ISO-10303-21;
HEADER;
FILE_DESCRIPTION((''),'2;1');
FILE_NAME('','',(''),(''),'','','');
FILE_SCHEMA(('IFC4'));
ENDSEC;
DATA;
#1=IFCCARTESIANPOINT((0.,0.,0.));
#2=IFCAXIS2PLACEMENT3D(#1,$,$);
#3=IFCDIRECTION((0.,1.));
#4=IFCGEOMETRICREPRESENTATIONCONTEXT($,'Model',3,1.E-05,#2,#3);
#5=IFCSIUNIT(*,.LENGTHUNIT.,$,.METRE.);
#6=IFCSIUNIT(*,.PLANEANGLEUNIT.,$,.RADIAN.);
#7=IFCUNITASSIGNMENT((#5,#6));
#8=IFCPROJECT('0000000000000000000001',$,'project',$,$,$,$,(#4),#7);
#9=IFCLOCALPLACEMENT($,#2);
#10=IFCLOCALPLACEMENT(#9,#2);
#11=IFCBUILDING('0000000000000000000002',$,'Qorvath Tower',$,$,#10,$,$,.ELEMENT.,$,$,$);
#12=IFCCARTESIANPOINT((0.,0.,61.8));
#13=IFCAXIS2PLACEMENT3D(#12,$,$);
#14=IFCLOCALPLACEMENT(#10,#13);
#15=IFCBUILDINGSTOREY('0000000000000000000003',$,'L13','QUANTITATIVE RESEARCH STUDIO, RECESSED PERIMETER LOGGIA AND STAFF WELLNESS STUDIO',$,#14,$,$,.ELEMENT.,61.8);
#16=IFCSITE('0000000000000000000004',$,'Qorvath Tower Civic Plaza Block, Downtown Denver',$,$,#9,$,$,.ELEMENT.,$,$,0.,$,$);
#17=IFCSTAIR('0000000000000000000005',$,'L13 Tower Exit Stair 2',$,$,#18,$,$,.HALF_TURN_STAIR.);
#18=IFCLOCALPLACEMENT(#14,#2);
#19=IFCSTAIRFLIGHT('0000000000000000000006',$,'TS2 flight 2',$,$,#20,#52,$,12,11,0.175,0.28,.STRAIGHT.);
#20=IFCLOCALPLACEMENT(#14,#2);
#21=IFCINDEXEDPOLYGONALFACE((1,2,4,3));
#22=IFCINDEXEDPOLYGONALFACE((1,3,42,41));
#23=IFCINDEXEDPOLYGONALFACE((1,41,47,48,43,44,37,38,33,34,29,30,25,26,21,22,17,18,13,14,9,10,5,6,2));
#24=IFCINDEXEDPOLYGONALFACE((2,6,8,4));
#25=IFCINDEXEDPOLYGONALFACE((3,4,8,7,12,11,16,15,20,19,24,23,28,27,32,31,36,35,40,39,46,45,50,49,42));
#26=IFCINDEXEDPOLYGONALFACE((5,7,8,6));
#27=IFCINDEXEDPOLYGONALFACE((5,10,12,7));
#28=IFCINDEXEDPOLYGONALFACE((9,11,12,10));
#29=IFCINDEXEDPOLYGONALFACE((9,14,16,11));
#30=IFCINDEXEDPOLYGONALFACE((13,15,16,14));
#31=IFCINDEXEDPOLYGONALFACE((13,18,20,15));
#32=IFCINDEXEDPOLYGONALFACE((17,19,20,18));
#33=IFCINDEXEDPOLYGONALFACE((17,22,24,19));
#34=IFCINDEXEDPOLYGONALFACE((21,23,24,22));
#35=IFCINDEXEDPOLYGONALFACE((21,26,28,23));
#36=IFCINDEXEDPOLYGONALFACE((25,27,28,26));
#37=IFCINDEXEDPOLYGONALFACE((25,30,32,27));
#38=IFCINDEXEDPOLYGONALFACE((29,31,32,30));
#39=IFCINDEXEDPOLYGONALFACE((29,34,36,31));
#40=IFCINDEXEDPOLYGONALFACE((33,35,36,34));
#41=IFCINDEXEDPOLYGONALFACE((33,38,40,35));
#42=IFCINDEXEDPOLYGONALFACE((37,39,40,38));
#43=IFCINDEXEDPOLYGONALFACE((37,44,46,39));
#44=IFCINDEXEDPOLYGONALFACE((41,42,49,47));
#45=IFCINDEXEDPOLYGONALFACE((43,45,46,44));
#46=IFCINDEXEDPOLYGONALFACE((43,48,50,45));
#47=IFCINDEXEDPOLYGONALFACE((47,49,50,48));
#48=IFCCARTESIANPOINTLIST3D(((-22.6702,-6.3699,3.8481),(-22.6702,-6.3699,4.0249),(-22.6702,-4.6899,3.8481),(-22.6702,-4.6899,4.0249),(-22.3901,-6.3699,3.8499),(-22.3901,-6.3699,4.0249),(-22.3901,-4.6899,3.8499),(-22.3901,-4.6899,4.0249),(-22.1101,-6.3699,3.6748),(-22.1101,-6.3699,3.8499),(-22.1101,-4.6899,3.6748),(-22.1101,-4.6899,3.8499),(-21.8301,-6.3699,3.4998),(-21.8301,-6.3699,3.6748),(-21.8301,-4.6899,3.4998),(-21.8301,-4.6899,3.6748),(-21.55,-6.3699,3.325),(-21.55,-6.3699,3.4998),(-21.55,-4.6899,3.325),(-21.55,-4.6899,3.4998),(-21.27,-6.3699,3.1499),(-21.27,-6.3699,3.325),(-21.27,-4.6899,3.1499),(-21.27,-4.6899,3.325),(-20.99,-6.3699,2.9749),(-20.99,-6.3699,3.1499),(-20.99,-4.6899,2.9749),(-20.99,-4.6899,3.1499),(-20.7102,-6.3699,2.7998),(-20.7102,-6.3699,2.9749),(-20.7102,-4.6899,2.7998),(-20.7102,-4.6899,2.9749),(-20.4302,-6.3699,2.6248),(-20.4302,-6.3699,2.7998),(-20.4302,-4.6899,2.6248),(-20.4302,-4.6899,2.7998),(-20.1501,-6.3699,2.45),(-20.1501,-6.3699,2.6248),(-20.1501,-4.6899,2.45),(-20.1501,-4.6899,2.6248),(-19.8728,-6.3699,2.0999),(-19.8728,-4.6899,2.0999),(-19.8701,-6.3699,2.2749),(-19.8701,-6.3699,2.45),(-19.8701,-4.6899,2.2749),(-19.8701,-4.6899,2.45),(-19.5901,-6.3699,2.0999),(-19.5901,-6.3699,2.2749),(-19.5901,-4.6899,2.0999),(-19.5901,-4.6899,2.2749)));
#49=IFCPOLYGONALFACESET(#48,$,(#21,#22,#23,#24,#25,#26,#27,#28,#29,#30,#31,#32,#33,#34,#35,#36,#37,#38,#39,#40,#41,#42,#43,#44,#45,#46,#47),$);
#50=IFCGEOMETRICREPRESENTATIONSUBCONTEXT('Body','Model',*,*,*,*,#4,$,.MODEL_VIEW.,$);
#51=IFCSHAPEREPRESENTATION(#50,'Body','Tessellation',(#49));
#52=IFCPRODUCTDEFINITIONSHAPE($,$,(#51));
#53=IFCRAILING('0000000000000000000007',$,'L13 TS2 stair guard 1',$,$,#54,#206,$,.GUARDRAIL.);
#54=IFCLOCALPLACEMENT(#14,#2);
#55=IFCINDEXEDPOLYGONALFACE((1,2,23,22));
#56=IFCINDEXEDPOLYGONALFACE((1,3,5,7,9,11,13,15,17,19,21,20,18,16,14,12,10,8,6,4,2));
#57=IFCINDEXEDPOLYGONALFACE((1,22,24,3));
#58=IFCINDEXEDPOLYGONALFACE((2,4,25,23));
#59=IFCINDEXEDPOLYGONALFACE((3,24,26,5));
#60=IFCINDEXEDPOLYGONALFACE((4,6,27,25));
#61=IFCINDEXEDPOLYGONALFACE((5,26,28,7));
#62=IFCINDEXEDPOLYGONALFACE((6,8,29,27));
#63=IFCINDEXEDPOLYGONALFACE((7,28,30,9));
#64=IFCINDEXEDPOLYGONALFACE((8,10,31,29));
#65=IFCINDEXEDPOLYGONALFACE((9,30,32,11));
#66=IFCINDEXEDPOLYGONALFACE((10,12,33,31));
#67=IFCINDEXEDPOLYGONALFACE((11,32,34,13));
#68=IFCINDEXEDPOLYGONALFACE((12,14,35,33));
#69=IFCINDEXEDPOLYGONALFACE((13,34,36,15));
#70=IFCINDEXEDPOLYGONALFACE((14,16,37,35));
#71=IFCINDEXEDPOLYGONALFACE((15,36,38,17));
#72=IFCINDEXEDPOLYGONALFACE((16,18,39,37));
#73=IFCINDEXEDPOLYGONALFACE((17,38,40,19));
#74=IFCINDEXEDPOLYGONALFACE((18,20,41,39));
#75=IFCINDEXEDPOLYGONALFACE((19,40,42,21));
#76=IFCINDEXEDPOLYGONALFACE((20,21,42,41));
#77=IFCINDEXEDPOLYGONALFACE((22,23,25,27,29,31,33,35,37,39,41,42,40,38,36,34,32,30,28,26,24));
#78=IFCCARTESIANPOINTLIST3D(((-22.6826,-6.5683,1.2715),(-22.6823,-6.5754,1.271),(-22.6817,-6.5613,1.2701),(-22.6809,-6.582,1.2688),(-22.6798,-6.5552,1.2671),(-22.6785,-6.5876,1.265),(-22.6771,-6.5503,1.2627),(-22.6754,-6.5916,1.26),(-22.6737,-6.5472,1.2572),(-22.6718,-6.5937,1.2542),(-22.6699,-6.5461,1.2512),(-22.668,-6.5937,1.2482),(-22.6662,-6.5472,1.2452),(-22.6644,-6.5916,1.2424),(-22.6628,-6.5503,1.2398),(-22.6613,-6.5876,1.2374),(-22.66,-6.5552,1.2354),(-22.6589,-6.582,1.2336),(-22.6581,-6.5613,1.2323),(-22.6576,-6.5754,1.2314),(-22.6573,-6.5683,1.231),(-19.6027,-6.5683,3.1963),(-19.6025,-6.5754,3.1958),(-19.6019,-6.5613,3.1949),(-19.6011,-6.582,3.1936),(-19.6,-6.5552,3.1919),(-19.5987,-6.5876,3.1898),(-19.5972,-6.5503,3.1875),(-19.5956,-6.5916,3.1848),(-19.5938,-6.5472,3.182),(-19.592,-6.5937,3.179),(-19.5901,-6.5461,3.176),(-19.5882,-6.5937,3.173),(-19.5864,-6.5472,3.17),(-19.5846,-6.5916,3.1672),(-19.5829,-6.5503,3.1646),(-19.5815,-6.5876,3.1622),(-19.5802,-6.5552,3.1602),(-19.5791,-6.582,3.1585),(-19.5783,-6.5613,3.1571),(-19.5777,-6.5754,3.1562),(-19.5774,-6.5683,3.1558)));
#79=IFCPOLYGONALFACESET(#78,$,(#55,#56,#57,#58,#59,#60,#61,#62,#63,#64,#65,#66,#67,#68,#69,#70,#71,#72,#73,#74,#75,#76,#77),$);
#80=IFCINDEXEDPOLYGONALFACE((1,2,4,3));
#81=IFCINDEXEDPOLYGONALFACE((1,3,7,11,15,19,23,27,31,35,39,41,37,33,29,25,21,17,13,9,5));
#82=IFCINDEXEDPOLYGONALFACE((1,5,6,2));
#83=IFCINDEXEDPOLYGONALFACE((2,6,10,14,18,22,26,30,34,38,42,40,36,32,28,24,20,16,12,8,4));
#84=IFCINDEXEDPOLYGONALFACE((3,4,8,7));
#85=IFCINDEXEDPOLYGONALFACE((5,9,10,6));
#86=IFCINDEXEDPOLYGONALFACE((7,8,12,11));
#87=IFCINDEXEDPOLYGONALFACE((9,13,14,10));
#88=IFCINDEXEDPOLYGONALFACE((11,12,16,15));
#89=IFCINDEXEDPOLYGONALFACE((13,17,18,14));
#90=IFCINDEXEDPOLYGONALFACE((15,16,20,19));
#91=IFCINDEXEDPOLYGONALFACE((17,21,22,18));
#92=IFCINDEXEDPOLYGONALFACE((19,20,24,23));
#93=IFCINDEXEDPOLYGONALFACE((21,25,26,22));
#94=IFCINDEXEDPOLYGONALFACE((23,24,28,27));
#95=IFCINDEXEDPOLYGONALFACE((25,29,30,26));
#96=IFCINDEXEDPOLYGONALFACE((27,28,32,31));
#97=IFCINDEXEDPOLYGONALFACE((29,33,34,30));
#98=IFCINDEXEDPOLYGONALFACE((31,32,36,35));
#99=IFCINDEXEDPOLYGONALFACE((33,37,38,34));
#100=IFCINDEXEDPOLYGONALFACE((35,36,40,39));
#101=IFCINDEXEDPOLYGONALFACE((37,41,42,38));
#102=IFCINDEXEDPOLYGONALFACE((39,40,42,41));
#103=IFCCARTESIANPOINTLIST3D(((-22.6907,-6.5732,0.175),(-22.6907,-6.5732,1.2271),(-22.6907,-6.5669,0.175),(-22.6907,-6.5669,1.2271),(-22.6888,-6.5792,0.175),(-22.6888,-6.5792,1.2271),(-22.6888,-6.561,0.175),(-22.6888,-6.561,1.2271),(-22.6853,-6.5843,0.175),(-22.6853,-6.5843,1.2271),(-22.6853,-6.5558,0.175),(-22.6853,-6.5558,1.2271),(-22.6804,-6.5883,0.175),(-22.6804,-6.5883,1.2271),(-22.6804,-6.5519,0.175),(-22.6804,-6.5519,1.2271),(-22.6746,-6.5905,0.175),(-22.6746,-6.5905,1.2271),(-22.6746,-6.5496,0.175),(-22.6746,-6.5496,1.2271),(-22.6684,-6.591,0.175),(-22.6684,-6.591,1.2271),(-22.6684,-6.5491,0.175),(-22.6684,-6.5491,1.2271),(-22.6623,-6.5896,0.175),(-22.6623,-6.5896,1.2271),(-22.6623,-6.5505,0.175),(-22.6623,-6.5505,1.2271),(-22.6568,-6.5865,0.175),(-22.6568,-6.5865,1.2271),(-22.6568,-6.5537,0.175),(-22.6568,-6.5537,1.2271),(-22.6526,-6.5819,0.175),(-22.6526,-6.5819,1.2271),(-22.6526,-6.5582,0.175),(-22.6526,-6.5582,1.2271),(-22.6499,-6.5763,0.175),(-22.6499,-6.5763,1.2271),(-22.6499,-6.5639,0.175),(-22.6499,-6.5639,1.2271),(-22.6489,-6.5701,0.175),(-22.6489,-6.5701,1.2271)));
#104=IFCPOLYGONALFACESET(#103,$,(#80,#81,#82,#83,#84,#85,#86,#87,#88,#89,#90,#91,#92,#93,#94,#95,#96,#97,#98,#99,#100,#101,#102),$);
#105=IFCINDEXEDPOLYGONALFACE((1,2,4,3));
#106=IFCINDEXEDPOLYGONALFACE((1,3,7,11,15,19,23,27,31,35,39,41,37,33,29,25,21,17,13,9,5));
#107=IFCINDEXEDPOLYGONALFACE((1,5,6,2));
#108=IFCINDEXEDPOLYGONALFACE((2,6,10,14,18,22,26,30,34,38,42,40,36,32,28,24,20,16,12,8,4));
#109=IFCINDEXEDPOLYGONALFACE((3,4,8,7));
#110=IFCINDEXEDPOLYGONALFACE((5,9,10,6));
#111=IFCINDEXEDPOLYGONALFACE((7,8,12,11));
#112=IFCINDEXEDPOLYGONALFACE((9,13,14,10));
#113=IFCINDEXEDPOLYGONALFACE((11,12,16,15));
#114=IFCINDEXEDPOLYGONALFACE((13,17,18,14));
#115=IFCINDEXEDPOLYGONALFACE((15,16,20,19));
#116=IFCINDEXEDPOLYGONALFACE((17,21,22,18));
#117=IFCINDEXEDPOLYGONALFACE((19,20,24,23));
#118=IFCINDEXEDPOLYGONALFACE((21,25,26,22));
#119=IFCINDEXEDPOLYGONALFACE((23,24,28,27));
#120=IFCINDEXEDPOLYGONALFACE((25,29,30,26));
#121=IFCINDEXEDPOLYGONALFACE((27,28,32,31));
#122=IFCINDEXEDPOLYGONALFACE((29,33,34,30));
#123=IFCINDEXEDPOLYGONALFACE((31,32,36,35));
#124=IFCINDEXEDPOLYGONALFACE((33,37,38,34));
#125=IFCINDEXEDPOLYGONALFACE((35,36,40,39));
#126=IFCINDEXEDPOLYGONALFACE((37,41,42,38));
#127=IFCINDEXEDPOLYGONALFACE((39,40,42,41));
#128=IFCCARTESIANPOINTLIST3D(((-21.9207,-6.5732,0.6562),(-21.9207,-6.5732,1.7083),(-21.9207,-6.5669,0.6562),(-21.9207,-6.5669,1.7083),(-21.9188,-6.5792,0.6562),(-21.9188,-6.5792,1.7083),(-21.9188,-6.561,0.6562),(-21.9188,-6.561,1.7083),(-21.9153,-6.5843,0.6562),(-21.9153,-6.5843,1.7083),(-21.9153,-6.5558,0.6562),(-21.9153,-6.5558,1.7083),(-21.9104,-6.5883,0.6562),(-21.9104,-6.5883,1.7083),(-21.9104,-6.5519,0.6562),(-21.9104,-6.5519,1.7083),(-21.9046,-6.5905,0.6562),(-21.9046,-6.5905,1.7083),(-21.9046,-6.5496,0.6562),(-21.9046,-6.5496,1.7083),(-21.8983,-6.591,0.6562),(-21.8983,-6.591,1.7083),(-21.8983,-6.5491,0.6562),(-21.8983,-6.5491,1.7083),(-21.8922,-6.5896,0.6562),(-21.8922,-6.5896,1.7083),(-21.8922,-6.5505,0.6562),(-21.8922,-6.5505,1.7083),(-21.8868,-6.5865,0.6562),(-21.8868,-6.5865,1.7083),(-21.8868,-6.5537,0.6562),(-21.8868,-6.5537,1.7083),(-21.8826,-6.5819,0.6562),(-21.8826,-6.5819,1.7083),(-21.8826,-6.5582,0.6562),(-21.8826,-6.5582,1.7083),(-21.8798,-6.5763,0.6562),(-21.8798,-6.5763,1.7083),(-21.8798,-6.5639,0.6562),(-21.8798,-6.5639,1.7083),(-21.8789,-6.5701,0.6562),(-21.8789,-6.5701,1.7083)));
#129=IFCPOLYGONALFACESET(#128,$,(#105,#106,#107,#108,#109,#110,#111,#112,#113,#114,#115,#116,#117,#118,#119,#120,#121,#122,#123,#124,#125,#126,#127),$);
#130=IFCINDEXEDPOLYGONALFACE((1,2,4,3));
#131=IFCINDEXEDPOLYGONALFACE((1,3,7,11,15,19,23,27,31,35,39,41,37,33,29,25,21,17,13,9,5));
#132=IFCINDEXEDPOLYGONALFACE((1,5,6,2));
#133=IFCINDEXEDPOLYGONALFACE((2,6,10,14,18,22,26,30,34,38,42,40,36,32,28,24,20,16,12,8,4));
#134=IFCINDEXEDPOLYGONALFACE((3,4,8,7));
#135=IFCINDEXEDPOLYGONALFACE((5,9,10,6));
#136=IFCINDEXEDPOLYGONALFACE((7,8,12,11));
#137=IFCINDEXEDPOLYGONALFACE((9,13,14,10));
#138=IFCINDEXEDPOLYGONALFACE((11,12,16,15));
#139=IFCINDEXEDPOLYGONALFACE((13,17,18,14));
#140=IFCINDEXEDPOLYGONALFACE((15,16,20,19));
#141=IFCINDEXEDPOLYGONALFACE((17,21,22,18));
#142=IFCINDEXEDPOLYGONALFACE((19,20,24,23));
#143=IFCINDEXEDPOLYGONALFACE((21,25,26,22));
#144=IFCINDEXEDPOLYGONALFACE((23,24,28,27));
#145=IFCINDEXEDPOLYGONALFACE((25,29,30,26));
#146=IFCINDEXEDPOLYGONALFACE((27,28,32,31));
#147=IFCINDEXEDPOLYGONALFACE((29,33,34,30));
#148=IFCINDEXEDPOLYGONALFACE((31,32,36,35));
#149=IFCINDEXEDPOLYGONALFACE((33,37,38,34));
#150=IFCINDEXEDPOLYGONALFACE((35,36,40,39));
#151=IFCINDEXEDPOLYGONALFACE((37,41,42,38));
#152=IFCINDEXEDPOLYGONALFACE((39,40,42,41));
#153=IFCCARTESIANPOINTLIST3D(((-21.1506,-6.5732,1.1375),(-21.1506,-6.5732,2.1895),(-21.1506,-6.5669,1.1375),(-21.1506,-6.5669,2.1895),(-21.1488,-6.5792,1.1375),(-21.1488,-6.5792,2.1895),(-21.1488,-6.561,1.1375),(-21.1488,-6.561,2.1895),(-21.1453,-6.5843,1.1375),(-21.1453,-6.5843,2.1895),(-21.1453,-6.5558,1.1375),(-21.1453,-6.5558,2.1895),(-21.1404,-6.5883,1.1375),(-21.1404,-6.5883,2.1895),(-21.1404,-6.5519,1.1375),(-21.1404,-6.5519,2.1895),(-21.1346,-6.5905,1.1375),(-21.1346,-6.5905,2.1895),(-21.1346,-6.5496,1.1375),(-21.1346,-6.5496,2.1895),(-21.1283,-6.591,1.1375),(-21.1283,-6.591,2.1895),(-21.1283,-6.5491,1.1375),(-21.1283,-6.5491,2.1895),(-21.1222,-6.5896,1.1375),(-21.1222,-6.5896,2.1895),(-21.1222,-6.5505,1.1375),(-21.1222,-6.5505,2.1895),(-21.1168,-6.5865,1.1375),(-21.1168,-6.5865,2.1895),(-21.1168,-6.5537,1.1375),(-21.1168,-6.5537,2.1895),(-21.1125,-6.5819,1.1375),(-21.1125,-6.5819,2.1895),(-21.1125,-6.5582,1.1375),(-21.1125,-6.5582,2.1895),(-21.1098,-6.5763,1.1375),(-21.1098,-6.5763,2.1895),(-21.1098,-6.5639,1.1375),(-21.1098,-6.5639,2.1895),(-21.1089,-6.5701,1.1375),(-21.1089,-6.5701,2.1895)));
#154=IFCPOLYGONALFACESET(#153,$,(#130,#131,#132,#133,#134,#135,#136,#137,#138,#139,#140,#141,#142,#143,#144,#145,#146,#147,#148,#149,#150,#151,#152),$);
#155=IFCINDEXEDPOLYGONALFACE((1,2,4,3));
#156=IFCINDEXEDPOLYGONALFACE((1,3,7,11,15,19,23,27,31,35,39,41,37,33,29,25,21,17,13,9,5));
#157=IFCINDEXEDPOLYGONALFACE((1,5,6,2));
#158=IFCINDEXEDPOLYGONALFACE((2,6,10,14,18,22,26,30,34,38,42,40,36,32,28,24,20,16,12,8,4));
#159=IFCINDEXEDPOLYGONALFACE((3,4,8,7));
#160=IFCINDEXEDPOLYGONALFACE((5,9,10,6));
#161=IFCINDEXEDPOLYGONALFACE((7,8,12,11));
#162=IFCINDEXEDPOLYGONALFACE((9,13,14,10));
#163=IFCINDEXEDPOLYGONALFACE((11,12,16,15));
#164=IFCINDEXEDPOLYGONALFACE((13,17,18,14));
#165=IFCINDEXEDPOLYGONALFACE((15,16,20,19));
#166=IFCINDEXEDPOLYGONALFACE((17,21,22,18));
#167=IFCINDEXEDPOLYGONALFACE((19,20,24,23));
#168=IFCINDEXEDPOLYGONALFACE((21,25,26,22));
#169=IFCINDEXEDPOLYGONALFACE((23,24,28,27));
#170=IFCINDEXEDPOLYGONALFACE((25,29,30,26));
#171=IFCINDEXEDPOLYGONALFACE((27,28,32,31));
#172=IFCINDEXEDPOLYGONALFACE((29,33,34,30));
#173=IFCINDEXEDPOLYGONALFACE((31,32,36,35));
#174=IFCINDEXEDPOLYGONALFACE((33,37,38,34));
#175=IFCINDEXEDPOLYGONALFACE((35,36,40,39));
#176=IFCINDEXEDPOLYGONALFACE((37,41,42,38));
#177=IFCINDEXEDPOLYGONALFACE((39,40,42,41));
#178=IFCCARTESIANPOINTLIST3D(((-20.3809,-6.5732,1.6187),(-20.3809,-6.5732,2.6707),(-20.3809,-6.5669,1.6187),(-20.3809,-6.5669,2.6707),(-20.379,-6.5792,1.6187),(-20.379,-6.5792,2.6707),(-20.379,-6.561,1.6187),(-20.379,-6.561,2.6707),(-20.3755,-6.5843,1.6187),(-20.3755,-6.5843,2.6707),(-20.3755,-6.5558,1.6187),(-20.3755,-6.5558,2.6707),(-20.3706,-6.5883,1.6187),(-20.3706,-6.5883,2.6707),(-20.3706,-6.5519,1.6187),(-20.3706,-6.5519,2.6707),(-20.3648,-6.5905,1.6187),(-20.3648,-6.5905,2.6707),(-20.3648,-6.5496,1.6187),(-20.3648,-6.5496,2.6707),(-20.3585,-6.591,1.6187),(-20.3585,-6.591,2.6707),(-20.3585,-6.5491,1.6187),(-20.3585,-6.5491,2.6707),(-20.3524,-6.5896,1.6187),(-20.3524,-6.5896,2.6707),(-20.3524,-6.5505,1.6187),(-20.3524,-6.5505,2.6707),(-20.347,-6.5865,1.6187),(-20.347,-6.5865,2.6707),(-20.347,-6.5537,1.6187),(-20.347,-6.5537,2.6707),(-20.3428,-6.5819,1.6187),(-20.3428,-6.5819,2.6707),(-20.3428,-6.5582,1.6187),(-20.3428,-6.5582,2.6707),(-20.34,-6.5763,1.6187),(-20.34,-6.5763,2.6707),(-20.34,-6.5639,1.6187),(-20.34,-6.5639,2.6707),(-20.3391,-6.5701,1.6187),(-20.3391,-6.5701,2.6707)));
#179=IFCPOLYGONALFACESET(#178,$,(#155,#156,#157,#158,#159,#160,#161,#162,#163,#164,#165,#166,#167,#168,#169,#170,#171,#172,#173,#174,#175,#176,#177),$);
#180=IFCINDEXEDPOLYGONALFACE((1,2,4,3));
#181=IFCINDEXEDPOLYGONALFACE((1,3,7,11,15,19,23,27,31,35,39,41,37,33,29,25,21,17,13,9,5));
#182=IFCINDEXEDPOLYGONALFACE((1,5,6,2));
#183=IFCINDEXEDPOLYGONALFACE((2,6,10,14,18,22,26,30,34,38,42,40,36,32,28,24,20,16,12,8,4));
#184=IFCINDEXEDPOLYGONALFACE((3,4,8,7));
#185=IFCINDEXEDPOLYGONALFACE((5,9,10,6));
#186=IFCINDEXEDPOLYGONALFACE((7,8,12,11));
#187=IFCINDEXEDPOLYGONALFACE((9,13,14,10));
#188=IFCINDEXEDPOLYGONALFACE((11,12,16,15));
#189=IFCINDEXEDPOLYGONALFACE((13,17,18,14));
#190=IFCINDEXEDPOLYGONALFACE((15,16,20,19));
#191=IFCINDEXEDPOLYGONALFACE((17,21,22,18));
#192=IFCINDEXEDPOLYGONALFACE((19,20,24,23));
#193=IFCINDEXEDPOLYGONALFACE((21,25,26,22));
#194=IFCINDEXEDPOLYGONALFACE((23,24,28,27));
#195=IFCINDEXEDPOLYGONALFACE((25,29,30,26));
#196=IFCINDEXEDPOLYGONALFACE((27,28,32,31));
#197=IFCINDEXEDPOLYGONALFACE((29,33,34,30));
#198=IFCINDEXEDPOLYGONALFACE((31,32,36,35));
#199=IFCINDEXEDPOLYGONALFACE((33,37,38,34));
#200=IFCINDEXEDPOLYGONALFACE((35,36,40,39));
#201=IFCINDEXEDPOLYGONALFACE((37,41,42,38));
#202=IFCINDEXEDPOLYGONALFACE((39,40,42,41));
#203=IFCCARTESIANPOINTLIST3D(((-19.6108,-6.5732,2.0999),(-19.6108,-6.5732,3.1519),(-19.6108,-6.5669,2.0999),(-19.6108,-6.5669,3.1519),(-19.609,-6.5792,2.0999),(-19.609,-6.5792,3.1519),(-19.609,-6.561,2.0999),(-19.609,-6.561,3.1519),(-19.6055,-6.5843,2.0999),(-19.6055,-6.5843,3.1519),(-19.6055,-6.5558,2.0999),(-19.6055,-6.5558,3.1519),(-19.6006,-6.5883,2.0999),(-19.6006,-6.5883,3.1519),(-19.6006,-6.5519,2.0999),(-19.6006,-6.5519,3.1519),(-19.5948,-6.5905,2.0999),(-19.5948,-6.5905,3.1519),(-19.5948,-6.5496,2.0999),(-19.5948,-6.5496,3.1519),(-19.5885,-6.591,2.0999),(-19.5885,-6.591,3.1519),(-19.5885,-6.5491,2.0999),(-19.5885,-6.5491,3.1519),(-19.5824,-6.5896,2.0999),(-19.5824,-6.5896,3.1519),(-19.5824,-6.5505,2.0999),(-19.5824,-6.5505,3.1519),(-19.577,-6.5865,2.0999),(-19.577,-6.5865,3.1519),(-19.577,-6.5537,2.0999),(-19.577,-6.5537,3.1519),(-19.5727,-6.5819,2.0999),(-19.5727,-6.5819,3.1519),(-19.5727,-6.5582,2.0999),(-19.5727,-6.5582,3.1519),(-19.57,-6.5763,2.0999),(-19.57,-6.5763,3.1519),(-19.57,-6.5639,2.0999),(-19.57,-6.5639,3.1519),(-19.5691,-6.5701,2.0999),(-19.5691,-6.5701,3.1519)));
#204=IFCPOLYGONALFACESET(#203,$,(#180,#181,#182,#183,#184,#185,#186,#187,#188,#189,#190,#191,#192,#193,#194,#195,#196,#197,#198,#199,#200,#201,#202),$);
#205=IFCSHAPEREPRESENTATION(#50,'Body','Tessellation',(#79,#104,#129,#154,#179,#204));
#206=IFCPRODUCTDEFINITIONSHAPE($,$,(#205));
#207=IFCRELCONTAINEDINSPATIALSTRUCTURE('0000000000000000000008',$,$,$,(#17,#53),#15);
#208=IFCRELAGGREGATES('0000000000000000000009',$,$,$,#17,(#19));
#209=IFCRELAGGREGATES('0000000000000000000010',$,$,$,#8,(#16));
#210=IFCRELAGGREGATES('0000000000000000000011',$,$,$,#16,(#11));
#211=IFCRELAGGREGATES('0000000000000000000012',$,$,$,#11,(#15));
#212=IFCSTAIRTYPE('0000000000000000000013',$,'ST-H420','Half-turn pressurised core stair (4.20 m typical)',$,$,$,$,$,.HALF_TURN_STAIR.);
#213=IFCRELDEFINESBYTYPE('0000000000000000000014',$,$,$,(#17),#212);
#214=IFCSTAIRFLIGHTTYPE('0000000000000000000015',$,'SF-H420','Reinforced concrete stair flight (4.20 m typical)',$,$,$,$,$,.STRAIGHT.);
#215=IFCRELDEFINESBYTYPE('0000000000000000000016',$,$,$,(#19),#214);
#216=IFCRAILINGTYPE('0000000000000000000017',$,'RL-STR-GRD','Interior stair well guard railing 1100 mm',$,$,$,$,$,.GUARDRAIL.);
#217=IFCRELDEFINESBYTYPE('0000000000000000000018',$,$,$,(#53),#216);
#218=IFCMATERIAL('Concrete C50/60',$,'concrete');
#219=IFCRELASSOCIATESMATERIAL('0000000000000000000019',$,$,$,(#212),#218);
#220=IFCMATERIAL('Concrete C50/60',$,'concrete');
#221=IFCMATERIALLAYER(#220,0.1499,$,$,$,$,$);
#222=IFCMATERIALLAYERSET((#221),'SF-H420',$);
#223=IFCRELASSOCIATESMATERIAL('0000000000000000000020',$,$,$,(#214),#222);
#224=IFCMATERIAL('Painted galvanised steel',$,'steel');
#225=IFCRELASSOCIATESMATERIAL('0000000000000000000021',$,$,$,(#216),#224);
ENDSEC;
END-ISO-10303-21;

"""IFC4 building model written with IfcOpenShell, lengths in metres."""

from ifc_helpers import new_model, si_unit, direction, frame, origin, origin_2d, place, context, subcontext, project, spatial, polyline, circle, outline, extrude, material, layer, layer_set, type_object, element, aggregate, save


model = new_model("IFC4")

# Units and contexts
model_context = context("Model", 3, precision=1e-05, world=origin(), true_north=direction((0.0, 1.0)))
body_context = subcontext(model_context, "Body", "Model", "MODEL_VIEW")
ifc_project = project(units=[si_unit("LENGTHUNIT", "METRE"), si_unit("PLANEANGLEUNIT", "RADIAN")], contexts=[model_context])

# Site, building, storey
site_placement = place(None, origin())
site = spatial("IfcSite", under=ifc_project, at=site_placement, Name="Qorvath Tower Civic Plaza Block, Downtown Denver", CompositionType="ELEMENT", RefElevation=0.0)
building_placement = place(site_placement, origin())
building = spatial("IfcBuilding", under=site, at=building_placement, Name="Qorvath Tower", CompositionType="ELEMENT")
storey_placement = place(building_placement, frame((0.0, 0.0, 61.8)))
storey = spatial("IfcBuildingStorey", under=building, at=storey_placement, Name="L13", Description="QUANTITATIVE RESEARCH STUDIO, RECESSED PERIMETER LOGGIA AND STAFF WELLNESS STUDIO", CompositionType="ELEMENT", Elevation=61.8)

# Stair, stair flight
ifc_material_1 = material(Name="Concrete C50/60", Category="concrete")
stair_type = type_object("IfcStairType", Name="ST-H420", Description="Half-turn pressurised core stair (4.20 m typical)", PredefinedType="HALF_TURN_STAIR", material=ifc_material_1)
stair_placement = place(storey_placement, origin())
stair = element("IfcStair", 1, at=stair_placement, inside=storey, type_object=stair_type, Name="L13 Tower Exit Stair 2", PredefinedType="HALF_TURN_STAIR")
ifc_material_2 = material(Name="Concrete C50/60", Category="concrete")
ifc_layer_1 = layer(ifc_material_2, 0.1499)
ifc_layer_set_1 = layer_set([ifc_layer_1], Name="SF-H420")
stair_flight_type = type_object("IfcStairFlightType", Name="SF-H420", Description="Reinforced concrete stair flight (4.20 m typical)", PredefinedType="STRAIGHT", material=ifc_layer_set_1)
stair_flight_1_placement = place(storey_placement, frame((-19.5901, -5.53, 2.0999), z_axis=(0.0, 0.0, 1.0), x_axis=(-1.0, 0.0, 0.0)))
stair_flight_1 = element("IfcStairFlight", 2, at=stair_flight_1_placement, type_object=stair_flight_type, Name="TS2 flight 2", NumberOfRisers=12, NumberOfTreads=11, PredefinedType="STRAIGHT", RiserHeight=0.175, TreadLength=0.28, context=body_context, shape_type="SweptSolid", body=[
    extrude(outline(polyline([(0.0, 0.0), (0.0, 0.175), (0.28, 0.175), (0.28, 0.3501), (0.5601, 0.3501), (0.5601, 0.5249), (0.8401, 0.5249), (0.8401, 0.7), (1.1201, 0.7), (1.1201, 0.875), (1.3999, 0.875), (1.3999, 1.05), (1.6799, 1.05), (1.6799, 1.2251), (1.96, 1.2251), (1.96, 1.3999), (2.24, 1.3999), (2.24, 1.575), (2.52, 1.575), (2.52, 1.75), (2.8, 1.75), (2.8, 1.925), (3.0801, 1.925), (3.0801, 2.1001), (3.0801, 1.7483), (0.2827, 0.0), (0.0, 0.0)])), frame((0.0, 0.8398, 0.0), z_axis=(0.0, -1.0, 0.0), x_axis=(1.0, 0.0, 0.0)), (0.0, 0.0, 1.0), 1.6799),
])
aggregate(stair, [stair_flight_1])

# Railing
ifc_material_3 = material(Name="Painted galvanised steel", Category="steel")
railing_type_1 = type_object("IfcRailingType", Name="RL-STR-GRD", Description="Interior stair well guard railing 1100 mm", PredefinedType="GUARDRAIL", material=ifc_material_3)
railing_1_placement = place(storey_placement, frame((-22.6699, -6.5701, 0.175)))
element("IfcRailing", 3, at=railing_1_placement, inside=storey, type_object=railing_type_1, Name="L13 TS2 stair guard 1", PredefinedType="GUARDRAIL", context=body_context, shape_type="SweptSolid", body=[
    extrude(circle(Radius=0.0239, at=origin_2d()), frame((0.0, 0.0, 1.0762), z_axis=(0.84801, 0.0, 0.529981), x_axis=(0.0, 1.0, 0.0)), (0.0, 0.0, 1.0), 3.6318),
    extrude(circle(Radius=0.021, at=origin_2d()), origin(), (0.0, 0.0, 1.0), 1.052),
    extrude(circle(Radius=0.021, at=origin_2d()), frame((0.77, 0.0, 0.4812)), (0.0, 0.0, 1.0), 1.052),
    extrude(circle(Radius=0.021, at=origin_2d()), frame((1.54, 0.0, 0.9624)), (0.0, 0.0, 1.0), 1.052),
    extrude(circle(Radius=0.021, at=origin_2d()), frame((2.3098, 0.0, 1.4436)), (0.0, 0.0, 1.0), 1.052),
    extrude(circle(Radius=0.021, at=origin_2d()), frame((3.0798, 0.0, 1.9248)), (0.0, 0.0, 1.0), 1.052),
])

save(model, "model.ifc")
